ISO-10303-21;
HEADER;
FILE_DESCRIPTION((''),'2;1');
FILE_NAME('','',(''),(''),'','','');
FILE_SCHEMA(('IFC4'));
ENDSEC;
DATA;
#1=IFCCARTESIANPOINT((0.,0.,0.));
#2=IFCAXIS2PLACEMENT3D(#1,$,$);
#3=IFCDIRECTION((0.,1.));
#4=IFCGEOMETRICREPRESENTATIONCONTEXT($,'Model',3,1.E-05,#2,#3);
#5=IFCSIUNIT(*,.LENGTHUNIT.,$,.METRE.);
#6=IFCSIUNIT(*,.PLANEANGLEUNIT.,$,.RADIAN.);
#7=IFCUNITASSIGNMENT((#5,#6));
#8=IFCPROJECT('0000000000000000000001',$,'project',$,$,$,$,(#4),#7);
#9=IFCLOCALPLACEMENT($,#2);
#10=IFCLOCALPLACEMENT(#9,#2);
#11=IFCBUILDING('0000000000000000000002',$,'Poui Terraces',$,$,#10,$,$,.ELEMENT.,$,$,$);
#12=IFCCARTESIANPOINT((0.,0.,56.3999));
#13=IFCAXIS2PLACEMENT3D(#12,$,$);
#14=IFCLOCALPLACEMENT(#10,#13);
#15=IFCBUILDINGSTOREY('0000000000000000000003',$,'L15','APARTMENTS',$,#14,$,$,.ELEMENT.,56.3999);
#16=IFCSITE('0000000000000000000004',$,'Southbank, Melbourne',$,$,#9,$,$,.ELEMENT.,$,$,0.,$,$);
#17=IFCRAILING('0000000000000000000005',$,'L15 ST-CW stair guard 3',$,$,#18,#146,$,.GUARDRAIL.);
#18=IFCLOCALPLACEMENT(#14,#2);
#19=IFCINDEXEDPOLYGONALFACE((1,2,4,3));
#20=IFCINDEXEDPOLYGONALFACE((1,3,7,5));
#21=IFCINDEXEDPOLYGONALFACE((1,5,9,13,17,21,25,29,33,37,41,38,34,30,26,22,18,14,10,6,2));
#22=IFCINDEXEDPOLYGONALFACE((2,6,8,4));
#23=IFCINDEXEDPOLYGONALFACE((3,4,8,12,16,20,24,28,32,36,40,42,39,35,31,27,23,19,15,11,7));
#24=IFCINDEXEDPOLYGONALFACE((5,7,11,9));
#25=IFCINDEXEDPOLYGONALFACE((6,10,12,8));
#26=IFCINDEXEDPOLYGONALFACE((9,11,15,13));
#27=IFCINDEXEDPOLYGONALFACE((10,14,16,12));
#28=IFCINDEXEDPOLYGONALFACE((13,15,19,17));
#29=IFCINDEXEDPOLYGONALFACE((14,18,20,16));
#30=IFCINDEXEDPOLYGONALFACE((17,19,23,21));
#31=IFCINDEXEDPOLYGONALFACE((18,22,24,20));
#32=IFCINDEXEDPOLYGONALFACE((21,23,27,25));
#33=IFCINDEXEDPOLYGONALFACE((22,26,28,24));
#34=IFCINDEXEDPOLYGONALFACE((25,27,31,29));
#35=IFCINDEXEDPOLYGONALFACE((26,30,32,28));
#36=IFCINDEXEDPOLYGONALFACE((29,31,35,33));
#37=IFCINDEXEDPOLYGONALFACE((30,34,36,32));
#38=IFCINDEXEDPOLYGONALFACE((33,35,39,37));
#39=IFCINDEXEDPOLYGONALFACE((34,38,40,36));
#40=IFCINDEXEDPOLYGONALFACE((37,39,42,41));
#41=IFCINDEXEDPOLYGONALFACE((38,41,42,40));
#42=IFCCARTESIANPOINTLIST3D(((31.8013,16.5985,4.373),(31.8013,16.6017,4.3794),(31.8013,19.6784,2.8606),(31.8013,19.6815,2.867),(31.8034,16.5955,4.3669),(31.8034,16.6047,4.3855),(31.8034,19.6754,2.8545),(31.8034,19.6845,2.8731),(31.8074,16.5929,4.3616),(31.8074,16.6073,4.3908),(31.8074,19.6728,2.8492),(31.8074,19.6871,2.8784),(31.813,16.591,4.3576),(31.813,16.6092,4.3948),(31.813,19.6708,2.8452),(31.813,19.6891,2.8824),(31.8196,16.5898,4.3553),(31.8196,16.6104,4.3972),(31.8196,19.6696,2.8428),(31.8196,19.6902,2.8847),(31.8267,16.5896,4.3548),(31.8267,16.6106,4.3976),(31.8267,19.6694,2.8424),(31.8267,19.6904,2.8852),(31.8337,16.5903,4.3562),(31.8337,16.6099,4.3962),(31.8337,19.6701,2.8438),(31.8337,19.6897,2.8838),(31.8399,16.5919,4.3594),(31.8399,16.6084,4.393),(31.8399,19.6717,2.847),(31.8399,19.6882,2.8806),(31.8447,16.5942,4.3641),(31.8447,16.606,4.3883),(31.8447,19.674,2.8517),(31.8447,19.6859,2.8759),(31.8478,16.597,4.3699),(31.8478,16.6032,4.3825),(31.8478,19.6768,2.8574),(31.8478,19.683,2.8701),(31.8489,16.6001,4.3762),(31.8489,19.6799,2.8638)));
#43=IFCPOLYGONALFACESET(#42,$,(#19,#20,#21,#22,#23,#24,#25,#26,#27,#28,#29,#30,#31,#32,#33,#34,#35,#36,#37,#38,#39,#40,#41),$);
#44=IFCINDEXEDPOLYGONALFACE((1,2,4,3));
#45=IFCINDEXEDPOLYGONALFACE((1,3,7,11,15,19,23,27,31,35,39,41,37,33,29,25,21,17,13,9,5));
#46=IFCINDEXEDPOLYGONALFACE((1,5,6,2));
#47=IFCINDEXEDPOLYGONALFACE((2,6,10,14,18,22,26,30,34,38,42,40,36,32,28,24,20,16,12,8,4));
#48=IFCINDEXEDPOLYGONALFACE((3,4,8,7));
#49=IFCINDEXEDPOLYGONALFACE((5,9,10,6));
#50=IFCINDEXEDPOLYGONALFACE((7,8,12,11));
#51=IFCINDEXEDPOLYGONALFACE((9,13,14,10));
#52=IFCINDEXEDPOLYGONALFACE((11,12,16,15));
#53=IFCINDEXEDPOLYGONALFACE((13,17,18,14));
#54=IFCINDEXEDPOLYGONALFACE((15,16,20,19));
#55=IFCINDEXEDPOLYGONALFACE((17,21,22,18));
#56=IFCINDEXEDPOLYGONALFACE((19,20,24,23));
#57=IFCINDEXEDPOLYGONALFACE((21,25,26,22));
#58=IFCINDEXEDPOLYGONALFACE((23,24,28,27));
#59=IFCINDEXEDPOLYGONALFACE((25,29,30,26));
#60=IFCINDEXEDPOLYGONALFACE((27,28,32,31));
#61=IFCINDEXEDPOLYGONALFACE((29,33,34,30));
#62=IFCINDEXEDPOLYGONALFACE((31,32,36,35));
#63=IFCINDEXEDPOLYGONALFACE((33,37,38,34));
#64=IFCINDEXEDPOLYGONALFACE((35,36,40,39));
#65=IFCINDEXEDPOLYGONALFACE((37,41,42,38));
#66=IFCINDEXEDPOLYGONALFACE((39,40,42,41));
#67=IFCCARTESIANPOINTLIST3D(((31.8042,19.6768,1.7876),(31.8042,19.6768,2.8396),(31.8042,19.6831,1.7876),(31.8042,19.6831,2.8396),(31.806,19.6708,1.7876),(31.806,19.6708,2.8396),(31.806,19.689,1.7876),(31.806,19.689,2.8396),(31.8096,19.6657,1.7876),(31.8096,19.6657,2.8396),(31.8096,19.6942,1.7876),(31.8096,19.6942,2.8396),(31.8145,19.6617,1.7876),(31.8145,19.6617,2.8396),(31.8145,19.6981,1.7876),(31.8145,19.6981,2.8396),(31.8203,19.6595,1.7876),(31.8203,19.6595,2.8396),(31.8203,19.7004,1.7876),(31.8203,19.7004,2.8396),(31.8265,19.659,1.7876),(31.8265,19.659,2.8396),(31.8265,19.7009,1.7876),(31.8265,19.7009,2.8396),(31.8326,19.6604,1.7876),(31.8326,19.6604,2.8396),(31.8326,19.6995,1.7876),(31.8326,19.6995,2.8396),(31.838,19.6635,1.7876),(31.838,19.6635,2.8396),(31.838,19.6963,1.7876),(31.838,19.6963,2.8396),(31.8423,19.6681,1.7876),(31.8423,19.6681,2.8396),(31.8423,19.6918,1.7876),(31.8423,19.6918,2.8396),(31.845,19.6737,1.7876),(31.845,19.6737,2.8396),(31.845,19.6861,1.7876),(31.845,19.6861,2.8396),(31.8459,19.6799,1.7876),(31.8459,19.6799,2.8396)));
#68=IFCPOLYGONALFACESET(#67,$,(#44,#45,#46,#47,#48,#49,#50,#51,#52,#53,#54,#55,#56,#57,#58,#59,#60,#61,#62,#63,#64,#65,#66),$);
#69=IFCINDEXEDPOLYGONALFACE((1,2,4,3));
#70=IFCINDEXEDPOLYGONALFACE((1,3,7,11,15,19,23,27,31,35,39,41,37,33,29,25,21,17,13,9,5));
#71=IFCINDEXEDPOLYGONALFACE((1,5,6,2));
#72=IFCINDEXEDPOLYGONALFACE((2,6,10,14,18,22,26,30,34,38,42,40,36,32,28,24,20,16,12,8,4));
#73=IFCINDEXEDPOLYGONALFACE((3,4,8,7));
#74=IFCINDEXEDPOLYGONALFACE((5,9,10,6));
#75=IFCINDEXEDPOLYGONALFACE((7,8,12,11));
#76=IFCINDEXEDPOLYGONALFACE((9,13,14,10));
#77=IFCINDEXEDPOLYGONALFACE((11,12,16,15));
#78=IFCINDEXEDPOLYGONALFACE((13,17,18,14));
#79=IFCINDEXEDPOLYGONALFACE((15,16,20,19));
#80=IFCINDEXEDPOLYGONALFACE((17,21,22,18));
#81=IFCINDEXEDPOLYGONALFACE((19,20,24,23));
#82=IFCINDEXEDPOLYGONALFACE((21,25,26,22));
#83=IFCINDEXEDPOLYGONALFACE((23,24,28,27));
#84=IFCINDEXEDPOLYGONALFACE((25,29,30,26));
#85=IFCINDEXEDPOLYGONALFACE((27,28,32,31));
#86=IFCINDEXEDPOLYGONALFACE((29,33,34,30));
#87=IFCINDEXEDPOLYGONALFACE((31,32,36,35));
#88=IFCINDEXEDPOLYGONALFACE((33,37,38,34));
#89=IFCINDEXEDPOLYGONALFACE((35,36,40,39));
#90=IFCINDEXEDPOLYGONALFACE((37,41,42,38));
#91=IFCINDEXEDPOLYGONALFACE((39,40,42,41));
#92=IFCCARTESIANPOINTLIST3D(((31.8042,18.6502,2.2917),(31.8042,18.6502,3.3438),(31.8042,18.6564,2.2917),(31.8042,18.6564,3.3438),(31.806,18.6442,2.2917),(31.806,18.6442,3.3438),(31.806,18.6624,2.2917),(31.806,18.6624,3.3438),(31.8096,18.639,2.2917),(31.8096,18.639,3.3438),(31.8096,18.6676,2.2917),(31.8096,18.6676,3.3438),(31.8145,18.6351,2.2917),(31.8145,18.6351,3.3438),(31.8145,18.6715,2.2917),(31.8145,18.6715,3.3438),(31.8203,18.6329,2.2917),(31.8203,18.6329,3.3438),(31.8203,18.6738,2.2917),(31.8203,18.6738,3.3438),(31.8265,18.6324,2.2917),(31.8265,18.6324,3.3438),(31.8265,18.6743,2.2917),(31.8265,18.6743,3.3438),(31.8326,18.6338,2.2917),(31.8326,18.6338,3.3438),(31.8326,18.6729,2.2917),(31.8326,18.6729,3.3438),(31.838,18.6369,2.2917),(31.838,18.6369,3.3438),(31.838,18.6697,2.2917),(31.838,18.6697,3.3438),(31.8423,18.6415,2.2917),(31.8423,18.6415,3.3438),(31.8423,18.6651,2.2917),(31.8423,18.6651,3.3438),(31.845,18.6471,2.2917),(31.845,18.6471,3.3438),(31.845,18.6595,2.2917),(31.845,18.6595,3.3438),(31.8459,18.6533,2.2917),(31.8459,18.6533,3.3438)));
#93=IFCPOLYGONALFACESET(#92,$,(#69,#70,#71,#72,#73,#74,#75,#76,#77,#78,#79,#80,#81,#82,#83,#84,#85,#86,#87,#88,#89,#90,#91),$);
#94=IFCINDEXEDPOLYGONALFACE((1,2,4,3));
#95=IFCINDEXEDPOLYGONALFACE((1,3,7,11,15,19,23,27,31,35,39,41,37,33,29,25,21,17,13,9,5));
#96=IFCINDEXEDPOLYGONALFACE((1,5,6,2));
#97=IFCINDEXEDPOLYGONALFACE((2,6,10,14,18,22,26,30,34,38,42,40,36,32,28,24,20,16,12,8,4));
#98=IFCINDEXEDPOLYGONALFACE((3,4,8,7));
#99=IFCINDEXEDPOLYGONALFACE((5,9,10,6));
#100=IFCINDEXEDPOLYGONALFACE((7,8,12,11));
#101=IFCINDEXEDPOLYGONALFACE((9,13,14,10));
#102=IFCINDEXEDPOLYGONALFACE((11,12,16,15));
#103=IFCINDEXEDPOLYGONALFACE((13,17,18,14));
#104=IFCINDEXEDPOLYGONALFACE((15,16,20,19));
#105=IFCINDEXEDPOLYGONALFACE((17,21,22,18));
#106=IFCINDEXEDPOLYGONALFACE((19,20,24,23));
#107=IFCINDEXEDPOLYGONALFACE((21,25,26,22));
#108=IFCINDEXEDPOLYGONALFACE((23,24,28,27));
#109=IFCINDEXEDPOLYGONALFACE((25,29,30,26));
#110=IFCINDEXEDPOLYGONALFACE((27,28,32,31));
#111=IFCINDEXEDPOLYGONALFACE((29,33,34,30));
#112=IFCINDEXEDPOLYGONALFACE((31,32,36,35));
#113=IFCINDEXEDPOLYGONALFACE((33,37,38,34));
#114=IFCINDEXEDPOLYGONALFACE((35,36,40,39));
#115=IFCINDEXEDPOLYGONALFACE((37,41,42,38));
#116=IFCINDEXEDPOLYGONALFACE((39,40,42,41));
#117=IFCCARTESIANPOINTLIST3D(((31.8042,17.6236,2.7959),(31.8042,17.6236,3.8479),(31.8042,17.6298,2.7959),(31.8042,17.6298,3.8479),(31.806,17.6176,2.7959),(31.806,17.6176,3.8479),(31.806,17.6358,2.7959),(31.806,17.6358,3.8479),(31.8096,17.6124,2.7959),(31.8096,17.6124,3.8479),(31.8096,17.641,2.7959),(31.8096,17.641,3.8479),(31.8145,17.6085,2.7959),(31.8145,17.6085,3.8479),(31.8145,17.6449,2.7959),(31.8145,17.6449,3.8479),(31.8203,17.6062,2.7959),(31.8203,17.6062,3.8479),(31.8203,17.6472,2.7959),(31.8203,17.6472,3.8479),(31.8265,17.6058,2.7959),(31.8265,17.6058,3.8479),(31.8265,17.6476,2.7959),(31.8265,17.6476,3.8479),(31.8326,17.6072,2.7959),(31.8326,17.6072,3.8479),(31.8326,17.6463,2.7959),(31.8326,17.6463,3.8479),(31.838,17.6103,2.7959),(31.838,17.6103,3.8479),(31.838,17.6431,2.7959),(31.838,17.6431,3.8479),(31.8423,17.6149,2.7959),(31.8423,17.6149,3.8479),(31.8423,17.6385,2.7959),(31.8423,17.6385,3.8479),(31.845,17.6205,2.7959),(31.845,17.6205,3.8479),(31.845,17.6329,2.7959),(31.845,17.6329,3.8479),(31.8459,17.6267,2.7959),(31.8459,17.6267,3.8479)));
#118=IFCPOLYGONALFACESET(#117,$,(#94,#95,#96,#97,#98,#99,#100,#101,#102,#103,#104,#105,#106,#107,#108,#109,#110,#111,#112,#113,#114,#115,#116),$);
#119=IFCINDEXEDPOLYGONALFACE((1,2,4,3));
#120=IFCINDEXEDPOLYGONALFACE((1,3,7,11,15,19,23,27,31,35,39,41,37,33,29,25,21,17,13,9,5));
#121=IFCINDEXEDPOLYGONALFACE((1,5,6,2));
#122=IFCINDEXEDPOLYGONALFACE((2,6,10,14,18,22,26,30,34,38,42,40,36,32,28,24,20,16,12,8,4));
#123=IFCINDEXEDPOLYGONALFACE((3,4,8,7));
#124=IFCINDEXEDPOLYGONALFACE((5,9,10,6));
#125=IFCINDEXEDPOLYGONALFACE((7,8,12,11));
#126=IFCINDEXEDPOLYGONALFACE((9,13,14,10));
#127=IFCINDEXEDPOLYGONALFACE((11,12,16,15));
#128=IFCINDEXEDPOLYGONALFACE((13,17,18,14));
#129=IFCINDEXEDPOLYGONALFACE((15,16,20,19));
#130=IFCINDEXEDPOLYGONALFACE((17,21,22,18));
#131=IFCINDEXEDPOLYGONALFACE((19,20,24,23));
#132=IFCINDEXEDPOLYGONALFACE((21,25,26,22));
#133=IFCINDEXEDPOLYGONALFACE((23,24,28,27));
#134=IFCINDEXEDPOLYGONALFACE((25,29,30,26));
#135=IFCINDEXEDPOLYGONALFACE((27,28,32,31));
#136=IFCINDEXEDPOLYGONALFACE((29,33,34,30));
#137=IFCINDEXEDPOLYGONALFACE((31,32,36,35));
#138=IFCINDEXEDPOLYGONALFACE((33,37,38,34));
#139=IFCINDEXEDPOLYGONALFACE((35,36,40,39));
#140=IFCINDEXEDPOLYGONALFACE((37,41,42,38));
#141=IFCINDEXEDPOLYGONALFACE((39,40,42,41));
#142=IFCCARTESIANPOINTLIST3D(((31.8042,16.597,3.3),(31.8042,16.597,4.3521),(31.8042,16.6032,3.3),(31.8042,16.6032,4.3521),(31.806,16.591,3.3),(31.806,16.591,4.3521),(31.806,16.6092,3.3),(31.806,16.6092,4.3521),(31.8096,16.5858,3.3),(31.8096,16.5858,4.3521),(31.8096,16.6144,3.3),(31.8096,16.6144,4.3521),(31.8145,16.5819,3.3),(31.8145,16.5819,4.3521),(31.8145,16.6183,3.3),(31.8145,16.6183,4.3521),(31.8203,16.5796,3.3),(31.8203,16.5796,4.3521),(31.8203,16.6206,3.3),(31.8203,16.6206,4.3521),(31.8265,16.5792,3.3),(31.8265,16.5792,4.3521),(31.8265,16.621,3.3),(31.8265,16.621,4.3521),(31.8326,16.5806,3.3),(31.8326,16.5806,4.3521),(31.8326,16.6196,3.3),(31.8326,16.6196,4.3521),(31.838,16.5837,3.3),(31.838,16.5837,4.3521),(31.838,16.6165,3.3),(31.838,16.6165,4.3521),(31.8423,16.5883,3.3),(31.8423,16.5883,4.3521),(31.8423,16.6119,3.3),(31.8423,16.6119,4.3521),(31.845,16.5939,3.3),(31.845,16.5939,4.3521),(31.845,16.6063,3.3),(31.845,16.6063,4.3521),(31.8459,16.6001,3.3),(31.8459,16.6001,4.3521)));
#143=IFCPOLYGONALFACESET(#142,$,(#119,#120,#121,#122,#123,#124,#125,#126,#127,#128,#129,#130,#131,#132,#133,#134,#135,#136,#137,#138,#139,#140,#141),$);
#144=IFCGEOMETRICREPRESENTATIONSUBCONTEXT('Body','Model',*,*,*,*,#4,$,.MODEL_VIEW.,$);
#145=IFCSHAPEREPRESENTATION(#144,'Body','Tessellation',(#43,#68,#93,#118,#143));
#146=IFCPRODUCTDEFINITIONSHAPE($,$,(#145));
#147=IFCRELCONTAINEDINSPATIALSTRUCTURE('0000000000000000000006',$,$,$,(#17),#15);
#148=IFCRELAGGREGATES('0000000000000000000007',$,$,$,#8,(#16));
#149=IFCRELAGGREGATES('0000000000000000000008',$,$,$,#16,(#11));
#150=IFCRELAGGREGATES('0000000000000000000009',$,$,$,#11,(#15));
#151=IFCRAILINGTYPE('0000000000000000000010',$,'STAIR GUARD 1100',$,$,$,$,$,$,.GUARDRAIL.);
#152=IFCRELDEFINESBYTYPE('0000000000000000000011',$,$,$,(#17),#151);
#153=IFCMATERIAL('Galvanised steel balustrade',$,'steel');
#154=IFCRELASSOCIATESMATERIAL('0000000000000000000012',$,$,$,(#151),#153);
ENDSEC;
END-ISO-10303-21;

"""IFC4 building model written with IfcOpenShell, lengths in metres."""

from ifc_helpers import new_model, si_unit, direction, frame, origin, origin_2d, place, context, subcontext, project, spatial, circle, extrude, material, type_object, element, save


model = new_model("IFC4")

# Units and contexts
model_context = context("Model", 3, precision=1e-05, world=origin(), true_north=direction((0.0, 1.0)))
body_context = subcontext(model_context, "Body", "Model", "MODEL_VIEW")
ifc_project = project(units=[si_unit("LENGTHUNIT", "METRE"), si_unit("PLANEANGLEUNIT", "RADIAN")], contexts=[model_context])

# Site, building, storey
site_placement = place(None, origin())
site = spatial("IfcSite", under=ifc_project, at=site_placement, Name="Southbank, Melbourne", CompositionType="ELEMENT", RefElevation=0.0)
building_placement = place(site_placement, origin())
building = spatial("IfcBuilding", under=site, at=building_placement, Name="Poui Terraces", CompositionType="ELEMENT")
storey_placement = place(building_placement, frame((0.0, 0.0, 56.3999)))
storey = spatial("IfcBuildingStorey", under=building, at=storey_placement, Name="L15", Description="APARTMENTS", CompositionType="ELEMENT", Elevation=56.3999)

# Railing
ifc_material_1 = material(Name="Galvanised steel balustrade", Category="steel")
railing_type_1 = type_object("IfcRailingType", Name="STAIR GUARD 1100", PredefinedType="GUARDRAIL", material=ifc_material_1)
railing_1_placement = place(storey_placement, frame((31.825, 19.6799, 1.7876)))
element("IfcRailing", 1, at=railing_1_placement, inside=storey, type_object=railing_type_1, Name="L15 ST-CW stair guard 3", PredefinedType="GUARDRAIL", context=body_context, shape_type="SweptSolid", body=[
    extrude(circle(Radius=0.0239, at=origin_2d()), frame((0.0, 0.0, 1.0762), z_axis=(0.0, -0.897606, 0.440798), x_axis=(1.0, 0.0, 0.0)), (0.0, 0.0, 1.0), 3.4312),
    extrude(circle(Radius=0.021, at=origin_2d()), origin(), (0.0, 0.0, 1.0), 1.052),
    extrude(circle(Radius=0.021, at=origin_2d()), frame((0.0, -1.0266, 0.5042)), (0.0, 0.0, 1.0), 1.052),
    extrude(circle(Radius=0.021, at=origin_2d()), frame((0.0, -2.0532, 1.0083)), (0.0, 0.0, 1.0), 1.052),
    extrude(circle(Radius=0.021, at=origin_2d()), frame((0.0, -3.0798, 1.5125)), (0.0, 0.0, 1.0), 1.052),
])

save(model, "model.ifc")
